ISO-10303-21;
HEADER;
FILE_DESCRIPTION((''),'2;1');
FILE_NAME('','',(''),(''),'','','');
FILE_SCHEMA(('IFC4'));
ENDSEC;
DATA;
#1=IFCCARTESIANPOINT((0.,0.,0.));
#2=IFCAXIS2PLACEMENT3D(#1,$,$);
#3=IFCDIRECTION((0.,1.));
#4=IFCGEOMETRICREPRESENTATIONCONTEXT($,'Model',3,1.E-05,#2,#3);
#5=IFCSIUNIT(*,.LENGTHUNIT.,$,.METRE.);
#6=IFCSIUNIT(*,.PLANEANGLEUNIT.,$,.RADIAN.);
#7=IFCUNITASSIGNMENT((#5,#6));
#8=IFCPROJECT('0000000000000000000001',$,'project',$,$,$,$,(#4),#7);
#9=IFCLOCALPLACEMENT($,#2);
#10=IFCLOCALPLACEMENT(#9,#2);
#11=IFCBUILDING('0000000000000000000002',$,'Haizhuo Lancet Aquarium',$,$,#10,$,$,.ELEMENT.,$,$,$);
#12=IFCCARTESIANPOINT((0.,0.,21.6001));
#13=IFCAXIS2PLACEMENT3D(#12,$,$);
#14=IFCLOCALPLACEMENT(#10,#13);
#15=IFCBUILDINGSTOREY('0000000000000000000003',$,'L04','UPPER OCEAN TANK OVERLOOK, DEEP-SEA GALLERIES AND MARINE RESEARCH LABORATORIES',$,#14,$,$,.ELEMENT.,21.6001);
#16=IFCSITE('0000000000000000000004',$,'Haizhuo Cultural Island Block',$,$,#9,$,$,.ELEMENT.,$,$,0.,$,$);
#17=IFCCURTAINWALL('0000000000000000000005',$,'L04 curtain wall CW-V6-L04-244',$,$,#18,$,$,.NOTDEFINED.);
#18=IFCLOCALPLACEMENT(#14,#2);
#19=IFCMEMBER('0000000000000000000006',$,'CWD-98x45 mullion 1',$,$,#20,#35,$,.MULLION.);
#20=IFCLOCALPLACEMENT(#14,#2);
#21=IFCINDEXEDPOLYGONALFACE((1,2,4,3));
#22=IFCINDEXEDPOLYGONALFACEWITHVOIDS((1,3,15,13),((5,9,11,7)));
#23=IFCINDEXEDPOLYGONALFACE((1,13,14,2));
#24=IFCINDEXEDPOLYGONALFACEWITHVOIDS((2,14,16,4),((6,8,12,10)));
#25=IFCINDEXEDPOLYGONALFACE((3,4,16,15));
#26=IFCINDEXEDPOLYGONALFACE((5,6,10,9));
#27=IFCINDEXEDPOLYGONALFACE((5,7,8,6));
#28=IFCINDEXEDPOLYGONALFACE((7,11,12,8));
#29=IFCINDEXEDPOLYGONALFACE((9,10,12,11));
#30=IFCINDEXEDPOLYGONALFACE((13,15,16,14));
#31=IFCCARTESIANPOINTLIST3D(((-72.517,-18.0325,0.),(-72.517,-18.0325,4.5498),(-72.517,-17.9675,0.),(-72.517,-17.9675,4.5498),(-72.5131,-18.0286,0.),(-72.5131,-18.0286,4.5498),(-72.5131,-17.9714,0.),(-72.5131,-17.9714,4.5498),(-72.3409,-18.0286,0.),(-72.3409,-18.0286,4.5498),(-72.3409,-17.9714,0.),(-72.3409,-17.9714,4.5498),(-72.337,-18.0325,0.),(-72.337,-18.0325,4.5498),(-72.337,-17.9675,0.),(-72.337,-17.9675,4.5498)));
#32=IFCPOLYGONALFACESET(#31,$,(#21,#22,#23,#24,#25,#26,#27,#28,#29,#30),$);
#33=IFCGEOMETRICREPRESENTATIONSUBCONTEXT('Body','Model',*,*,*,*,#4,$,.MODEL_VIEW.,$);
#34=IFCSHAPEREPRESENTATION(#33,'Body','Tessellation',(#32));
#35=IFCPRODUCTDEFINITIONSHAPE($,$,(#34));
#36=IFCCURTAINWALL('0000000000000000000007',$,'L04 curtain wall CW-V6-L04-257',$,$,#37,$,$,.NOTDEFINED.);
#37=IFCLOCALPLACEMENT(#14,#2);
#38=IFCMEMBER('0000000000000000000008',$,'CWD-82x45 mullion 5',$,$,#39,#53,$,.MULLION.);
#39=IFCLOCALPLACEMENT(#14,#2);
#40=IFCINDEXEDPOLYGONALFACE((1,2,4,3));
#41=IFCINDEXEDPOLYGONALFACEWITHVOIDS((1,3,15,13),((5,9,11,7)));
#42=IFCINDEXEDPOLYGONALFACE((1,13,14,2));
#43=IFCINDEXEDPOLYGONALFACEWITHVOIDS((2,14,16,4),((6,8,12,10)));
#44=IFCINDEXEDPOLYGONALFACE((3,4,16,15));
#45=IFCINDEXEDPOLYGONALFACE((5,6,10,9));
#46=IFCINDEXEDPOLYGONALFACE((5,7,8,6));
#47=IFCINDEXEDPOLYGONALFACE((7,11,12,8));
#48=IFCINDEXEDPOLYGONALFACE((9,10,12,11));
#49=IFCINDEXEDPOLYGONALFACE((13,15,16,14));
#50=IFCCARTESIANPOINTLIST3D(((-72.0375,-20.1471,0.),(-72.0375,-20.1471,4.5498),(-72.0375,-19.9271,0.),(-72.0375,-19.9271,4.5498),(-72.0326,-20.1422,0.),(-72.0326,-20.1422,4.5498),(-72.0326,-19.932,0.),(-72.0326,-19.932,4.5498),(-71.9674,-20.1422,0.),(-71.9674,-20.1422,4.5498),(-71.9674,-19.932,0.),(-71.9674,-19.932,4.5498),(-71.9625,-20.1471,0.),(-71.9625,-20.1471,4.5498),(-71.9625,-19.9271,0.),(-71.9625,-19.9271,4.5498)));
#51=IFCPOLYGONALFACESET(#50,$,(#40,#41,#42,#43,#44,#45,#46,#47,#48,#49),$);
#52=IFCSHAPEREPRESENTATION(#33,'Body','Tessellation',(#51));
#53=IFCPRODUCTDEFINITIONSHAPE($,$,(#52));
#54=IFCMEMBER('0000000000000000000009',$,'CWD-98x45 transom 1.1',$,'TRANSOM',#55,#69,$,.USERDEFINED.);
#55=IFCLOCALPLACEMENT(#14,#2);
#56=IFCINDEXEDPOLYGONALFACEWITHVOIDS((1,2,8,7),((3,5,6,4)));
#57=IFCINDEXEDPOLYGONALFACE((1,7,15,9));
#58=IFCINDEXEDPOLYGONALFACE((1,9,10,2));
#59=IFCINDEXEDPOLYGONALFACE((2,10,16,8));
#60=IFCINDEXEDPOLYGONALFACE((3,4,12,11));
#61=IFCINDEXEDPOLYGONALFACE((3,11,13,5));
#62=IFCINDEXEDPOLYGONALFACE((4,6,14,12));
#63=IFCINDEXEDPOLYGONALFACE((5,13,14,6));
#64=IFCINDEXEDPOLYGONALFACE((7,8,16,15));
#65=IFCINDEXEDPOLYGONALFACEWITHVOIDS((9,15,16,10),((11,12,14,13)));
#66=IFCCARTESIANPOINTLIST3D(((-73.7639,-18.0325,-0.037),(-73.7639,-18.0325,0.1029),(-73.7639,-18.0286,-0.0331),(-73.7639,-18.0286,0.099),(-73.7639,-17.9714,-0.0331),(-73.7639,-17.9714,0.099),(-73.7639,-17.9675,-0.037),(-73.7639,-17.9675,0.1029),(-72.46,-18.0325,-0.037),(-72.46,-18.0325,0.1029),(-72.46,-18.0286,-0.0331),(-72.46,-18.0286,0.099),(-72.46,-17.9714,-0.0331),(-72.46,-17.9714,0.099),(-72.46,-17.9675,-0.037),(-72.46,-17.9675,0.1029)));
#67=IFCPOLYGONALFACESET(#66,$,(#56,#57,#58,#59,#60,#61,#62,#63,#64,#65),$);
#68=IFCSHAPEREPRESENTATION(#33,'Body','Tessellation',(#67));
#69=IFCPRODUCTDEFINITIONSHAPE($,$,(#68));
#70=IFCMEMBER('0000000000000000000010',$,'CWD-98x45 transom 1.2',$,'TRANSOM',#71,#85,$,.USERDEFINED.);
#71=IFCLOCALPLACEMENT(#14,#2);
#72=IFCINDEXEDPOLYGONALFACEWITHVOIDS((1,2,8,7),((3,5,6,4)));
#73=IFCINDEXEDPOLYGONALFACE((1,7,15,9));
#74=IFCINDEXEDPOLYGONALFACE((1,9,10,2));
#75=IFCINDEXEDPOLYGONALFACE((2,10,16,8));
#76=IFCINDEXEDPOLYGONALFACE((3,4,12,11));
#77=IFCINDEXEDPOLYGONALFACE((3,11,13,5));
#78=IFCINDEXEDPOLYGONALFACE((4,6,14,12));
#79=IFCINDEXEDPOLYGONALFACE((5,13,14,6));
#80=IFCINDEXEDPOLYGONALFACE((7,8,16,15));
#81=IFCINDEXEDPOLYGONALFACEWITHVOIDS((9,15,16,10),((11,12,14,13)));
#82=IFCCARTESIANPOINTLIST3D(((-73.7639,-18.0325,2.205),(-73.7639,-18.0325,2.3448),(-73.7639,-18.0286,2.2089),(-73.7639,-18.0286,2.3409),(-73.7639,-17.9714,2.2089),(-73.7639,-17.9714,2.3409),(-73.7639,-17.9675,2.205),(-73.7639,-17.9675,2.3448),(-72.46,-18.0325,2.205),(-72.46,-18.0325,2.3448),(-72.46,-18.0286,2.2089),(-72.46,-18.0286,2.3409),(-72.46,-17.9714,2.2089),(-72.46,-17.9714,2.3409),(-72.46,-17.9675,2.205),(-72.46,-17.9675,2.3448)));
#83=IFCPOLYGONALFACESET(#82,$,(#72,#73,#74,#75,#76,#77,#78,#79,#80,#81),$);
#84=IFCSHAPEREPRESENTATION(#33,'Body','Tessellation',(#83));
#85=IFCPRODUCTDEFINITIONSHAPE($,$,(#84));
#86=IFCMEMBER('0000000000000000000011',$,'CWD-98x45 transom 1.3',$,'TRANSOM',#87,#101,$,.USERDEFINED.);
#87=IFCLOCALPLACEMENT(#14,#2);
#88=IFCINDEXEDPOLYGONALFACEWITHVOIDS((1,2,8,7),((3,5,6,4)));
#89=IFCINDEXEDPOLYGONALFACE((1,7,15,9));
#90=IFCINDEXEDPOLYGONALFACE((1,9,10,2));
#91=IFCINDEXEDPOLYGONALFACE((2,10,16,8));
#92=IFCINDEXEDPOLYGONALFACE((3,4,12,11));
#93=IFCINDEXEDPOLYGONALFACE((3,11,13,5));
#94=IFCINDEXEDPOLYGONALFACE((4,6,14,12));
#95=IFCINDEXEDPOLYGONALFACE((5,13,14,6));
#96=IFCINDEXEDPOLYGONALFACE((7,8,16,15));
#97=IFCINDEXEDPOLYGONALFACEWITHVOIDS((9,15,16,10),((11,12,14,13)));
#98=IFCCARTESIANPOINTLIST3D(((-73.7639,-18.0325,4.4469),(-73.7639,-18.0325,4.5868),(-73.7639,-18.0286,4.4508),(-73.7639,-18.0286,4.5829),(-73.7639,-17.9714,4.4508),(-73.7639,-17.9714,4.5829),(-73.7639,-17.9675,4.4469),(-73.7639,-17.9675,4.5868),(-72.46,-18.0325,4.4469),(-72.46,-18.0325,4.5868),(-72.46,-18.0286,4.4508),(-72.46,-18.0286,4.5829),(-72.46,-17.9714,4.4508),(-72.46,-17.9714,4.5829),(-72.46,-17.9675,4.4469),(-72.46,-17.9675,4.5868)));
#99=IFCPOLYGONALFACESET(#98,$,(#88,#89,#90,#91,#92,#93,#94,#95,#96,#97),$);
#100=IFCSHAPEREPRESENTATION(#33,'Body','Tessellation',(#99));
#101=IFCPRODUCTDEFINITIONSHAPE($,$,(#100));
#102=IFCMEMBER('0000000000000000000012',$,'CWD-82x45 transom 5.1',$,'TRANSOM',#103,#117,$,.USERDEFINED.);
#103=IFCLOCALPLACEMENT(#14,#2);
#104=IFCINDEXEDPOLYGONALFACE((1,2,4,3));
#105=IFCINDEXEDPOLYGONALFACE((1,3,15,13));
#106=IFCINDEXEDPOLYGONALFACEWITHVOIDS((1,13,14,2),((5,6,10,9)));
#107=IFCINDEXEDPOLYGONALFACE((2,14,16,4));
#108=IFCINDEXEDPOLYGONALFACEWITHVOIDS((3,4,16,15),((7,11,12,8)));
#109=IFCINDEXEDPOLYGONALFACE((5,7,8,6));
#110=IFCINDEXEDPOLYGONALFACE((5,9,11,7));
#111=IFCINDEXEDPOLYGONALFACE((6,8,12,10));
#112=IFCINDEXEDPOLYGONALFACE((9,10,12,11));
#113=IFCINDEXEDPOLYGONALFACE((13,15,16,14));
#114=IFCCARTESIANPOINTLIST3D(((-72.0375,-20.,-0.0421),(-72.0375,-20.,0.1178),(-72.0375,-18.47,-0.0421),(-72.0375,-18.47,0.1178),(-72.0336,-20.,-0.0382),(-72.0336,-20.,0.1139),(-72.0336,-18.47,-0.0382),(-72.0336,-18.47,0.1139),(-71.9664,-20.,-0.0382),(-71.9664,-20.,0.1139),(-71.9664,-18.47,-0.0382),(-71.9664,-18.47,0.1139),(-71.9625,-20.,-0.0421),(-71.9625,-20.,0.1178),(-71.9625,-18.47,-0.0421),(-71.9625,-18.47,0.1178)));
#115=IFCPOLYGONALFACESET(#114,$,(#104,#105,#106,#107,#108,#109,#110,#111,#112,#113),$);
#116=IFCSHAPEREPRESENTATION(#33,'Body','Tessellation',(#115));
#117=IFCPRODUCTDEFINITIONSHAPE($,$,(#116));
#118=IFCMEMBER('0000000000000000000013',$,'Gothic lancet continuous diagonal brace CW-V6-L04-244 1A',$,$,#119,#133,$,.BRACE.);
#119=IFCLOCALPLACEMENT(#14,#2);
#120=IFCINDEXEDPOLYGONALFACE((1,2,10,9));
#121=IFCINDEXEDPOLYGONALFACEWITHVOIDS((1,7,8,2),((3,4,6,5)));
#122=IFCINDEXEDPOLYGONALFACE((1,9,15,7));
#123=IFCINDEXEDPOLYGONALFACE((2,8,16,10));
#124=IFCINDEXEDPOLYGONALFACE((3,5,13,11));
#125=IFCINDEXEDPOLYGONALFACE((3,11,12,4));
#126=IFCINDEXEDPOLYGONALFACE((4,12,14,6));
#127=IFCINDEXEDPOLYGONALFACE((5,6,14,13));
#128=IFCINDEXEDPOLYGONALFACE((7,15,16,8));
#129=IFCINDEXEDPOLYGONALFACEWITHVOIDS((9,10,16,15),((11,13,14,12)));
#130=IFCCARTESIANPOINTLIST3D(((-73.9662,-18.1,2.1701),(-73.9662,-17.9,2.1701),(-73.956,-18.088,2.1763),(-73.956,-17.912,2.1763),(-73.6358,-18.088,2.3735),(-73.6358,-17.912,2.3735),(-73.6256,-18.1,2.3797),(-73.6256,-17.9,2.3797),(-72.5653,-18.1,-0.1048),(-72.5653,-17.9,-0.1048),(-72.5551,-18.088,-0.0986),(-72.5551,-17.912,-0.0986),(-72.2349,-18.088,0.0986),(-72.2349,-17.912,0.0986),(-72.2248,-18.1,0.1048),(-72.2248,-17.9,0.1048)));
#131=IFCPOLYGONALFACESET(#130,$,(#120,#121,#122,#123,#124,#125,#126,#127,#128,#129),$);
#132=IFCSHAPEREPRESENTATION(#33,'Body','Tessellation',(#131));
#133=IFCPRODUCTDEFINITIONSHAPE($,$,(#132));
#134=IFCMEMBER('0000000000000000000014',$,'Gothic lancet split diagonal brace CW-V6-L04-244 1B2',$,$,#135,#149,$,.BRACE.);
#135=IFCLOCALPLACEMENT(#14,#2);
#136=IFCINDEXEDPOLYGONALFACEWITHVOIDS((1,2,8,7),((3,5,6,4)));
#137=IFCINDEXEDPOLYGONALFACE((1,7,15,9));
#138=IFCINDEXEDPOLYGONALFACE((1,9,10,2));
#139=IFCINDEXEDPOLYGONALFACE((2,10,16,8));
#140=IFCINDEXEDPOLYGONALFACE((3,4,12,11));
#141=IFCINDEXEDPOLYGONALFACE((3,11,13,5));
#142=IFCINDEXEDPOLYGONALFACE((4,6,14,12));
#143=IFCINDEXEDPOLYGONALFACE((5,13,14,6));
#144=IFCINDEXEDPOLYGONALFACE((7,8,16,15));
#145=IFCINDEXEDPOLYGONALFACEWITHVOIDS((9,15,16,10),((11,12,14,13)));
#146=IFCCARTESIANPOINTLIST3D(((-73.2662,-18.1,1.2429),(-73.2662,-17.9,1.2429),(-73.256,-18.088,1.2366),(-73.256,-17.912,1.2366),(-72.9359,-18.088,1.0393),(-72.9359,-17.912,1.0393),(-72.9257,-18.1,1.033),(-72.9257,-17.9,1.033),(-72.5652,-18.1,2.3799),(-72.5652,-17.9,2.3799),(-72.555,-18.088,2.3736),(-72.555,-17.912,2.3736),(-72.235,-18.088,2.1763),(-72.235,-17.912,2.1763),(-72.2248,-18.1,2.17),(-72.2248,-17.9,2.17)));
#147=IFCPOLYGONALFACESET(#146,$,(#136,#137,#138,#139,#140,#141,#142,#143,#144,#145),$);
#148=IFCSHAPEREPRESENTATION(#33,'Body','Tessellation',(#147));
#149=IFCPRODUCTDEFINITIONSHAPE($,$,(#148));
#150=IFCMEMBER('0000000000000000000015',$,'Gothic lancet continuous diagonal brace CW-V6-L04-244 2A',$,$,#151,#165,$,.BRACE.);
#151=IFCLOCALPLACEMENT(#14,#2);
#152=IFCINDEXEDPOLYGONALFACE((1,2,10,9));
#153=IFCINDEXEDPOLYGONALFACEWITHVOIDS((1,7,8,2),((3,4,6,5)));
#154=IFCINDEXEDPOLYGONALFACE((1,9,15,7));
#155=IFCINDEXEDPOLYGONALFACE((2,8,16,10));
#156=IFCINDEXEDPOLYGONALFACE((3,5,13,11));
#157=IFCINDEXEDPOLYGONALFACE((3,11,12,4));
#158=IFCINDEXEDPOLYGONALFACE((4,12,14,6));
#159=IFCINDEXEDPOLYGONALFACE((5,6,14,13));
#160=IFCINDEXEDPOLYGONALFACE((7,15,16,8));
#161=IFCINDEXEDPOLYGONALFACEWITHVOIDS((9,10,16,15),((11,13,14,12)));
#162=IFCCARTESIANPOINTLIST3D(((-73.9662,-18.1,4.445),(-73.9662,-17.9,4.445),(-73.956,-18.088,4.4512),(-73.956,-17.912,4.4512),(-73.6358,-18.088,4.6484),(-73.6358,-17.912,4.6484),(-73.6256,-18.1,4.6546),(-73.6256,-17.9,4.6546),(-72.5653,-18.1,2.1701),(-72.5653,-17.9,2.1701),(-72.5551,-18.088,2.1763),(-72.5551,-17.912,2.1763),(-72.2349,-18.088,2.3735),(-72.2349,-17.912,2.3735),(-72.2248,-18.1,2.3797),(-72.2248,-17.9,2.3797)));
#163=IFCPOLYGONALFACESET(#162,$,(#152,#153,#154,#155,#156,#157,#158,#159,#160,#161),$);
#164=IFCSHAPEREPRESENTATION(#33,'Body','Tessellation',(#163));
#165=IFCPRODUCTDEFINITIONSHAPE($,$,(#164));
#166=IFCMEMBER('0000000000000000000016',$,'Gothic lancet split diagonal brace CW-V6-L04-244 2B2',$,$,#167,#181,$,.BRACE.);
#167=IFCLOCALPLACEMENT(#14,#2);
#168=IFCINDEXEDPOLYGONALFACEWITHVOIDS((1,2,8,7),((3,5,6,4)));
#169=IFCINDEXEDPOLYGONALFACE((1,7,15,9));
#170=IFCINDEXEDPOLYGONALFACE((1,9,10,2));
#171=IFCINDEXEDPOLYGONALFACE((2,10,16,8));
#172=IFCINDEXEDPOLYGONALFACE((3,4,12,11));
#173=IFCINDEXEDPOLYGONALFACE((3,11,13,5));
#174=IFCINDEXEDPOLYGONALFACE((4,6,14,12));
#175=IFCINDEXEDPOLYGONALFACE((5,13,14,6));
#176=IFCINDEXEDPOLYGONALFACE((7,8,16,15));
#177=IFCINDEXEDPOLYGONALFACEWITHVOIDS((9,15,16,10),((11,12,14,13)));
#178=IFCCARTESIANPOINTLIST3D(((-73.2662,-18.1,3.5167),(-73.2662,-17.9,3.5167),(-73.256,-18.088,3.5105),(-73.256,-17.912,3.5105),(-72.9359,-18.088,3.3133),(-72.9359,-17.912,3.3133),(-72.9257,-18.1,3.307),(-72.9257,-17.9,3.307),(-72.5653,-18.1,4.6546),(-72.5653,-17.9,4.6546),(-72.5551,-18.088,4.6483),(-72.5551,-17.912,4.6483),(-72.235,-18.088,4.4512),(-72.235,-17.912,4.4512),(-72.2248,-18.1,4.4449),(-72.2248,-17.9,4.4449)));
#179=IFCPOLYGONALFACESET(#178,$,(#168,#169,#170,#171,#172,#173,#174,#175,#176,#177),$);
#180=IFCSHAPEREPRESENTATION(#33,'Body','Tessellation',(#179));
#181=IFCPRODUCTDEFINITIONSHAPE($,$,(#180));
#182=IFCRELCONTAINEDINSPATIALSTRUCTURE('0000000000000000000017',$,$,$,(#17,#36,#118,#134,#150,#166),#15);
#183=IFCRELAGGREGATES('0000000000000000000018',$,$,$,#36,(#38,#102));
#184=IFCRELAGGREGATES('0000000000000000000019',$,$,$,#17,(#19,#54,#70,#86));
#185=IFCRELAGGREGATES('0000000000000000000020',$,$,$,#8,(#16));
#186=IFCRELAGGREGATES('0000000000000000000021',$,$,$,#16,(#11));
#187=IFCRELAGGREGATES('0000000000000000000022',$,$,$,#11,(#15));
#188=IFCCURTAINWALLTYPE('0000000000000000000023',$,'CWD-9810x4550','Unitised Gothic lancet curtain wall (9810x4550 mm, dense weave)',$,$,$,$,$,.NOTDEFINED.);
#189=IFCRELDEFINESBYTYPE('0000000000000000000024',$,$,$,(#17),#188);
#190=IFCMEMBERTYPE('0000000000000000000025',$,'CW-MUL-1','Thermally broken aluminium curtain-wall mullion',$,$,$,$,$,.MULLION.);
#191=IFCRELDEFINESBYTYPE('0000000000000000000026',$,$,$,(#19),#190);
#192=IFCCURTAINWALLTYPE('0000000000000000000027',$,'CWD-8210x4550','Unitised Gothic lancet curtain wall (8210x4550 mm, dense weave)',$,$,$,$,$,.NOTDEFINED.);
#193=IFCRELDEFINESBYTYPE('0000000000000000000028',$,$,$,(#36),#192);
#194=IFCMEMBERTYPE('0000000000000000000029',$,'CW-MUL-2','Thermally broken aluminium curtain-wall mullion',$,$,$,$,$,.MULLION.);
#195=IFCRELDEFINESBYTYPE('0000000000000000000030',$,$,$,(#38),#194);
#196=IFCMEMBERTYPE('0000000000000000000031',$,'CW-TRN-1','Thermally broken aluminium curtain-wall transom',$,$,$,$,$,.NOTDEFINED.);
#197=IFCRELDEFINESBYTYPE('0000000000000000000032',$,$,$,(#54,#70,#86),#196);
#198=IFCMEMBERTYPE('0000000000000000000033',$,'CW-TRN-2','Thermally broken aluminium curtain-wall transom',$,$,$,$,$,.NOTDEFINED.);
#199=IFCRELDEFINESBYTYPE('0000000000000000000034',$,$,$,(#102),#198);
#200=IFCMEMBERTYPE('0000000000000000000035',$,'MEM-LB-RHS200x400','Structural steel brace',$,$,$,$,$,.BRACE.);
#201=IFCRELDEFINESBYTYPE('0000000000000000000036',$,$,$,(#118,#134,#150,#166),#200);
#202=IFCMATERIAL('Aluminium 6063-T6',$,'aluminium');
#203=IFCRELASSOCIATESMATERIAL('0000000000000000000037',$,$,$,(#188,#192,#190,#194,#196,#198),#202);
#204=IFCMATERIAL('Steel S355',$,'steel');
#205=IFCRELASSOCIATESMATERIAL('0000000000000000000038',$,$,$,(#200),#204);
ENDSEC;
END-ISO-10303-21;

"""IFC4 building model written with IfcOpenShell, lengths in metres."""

from ifc_helpers import new_model, si_unit, direction, frame, origin, origin_2d, place, context, subcontext, project, spatial, hollow_rectangle, extrude, material, material_profile, profile_set, type_object, element, aggregate, save


model = new_model("IFC4")

# Units and contexts
model_context = context("Model", 3, precision=1e-05, world=origin(), true_north=direction((0.0, 1.0)))
body_context = subcontext(model_context, "Body", "Model", "MODEL_VIEW")
ifc_project = project(units=[si_unit("LENGTHUNIT", "METRE"), si_unit("PLANEANGLEUNIT", "RADIAN")], contexts=[model_context])

# Site, building, storey
site_placement = place(None, origin())
site = spatial("IfcSite", under=ifc_project, at=site_placement, Name="Haizhuo Cultural Island Block", CompositionType="ELEMENT", RefElevation=0.0)
building_placement = place(site_placement, origin())
building = spatial("IfcBuilding", under=site, at=building_placement, Name="Haizhuo Lancet Aquarium", CompositionType="ELEMENT")
storey_placement = place(building_placement, frame((0.0, 0.0, 21.6001)))
storey = spatial("IfcBuildingStorey", under=building, at=storey_placement, Name="L04", Description="UPPER OCEAN TANK OVERLOOK, DEEP-SEA GALLERIES AND MARINE RESEARCH LABORATORIES", CompositionType="ELEMENT", Elevation=21.6001)

# Curtain walls, members
ifc_material_1 = material(Name="Aluminium 6063-T6", Category="aluminium")
curtain_wall_type_1 = type_object("IfcCurtainWallType", Name="CWD-9810x4550", Description="Unitised Gothic lancet curtain wall (9810x4550 mm, dense weave)", PredefinedType="NOTDEFINED", material=ifc_material_1)
curtain_wall_1_placement = place(storey_placement, origin())
curtain_wall_1 = element("IfcCurtainWall", 1, at=curtain_wall_1_placement, inside=storey, type_object=curtain_wall_type_1, Name="L04 curtain wall CW-V6-L04-244", PredefinedType="NOTDEFINED")
ifc_material_profile_1 = material_profile(ifc_material_1, hollow_rectangle(XDim=0.0649, YDim=0.1799, WallThickness=0.0039, at=origin_2d()), Name="ALU-M 65x180x4")
ifc_profile_set_1 = profile_set([ifc_material_profile_1], Name="Aluminium 6063-T6")
member_type_1 = type_object("IfcMemberType", Name="CW-MUL-1", Description="Thermally broken aluminium curtain-wall mullion", PredefinedType="MULLION", material=ifc_profile_set_1)
member_1_placement = place(storey_placement, frame((-72.427, -18.0, 0.0), z_axis=(0.0, 0.0, 1.0), x_axis=(0.0, -1.0, 0.0)))
member_1 = element("IfcMember", 2, at=member_1_placement, type_object=member_type_1, Name="CWD-98x45 mullion 1", PredefinedType="MULLION", context=body_context, shape_type="SweptSolid", body=[
    extrude(hollow_rectangle(XDim=0.0649, YDim=0.1799, WallThickness=0.0039, at=origin_2d()), origin(), (0.0, 0.0, 1.0), 4.5498),
])
curtain_wall_type_2 = type_object("IfcCurtainWallType", Name="CWD-8210x4550", Description="Unitised Gothic lancet curtain wall (8210x4550 mm, dense weave)", PredefinedType="NOTDEFINED", material=ifc_material_1)
curtain_wall_2_placement = place(storey_placement, origin())
curtain_wall_2 = element("IfcCurtainWall", 3, at=curtain_wall_2_placement, inside=storey, type_object=curtain_wall_type_2, Name="L04 curtain wall CW-V6-L04-257", PredefinedType="NOTDEFINED")
ifc_material_profile_2 = material_profile(ifc_material_1, hollow_rectangle(XDim=0.075, YDim=0.22, WallThickness=0.0049, at=origin_2d()), Name="ALU-M 75x220x5")
ifc_profile_set_2 = profile_set([ifc_material_profile_2], Name="Aluminium 6063-T6")
member_type_2 = type_object("IfcMemberType", Name="CW-MUL-2", Description="Thermally broken aluminium curtain-wall mullion", PredefinedType="MULLION", material=ifc_profile_set_2)
member_2_placement = place(storey_placement, frame((-72.0, -20.0371, 0.0), z_axis=(0.0, 0.0, 1.0), x_axis=(-1.0, 0.0, 0.0)))
member_2 = element("IfcMember", 4, at=member_2_placement, type_object=member_type_2, Name="CWD-82x45 mullion 5", PredefinedType="MULLION", context=body_context, shape_type="SweptSolid", body=[
    extrude(hollow_rectangle(XDim=0.075, YDim=0.22, WallThickness=0.0049, at=origin_2d()), origin(), (0.0, 0.0, 1.0), 4.5498),
])

# Members
ifc_material_profile_3 = material_profile(ifc_material_1, hollow_rectangle(XDim=0.0649, YDim=0.1399, WallThickness=0.0039, at=origin_2d()), Name="ALU-T 65x140x4")
ifc_profile_set_3 = profile_set([ifc_material_profile_3], Name="Aluminium 6063-T6")
member_type_3 = type_object("IfcMemberType", Name="CW-TRN-1", Description="Thermally broken aluminium curtain-wall transom", PredefinedType="NOTDEFINED", material=ifc_profile_set_3)
member_3_placement = place(storey_placement, frame((-72.46, -18.0, 0.033), z_axis=(-1.0, 0.0, 0.0), x_axis=(0.0, -1.0, 0.0)))
member_3 = element("IfcMember", 5, at=member_3_placement, type_object=member_type_3, Name="CWD-98x45 transom 1.1", ObjectType="TRANSOM", PredefinedType="USERDEFINED", context=body_context, shape_type="SweptSolid", body=[
    extrude(hollow_rectangle(XDim=0.0649, YDim=0.1399, WallThickness=0.0039, at=origin_2d()), origin(), (0.0, 0.0, 1.0), 1.304),
])
member_4_placement = place(storey_placement, frame((-72.46, -18.0, 2.2749), z_axis=(-1.0, 0.0, 0.0), x_axis=(0.0, -1.0, 0.0)))
member_4 = element("IfcMember", 6, at=member_4_placement, type_object=member_type_3, Name="CWD-98x45 transom 1.2", ObjectType="TRANSOM", PredefinedType="USERDEFINED", context=body_context, shape_type="SweptSolid", body=[
    extrude(hollow_rectangle(XDim=0.0649, YDim=0.1399, WallThickness=0.0039, at=origin_2d()), origin(), (0.0, 0.0, 1.0), 1.304),
])
member_5_placement = place(storey_placement, frame((-72.46, -18.0, 4.5168), z_axis=(-1.0, 0.0, 0.0), x_axis=(0.0, -1.0, 0.0)))
member_5 = element("IfcMember", 7, at=member_5_placement, type_object=member_type_3, Name="CWD-98x45 transom 1.3", ObjectType="TRANSOM", PredefinedType="USERDEFINED", context=body_context, shape_type="SweptSolid", body=[
    extrude(hollow_rectangle(XDim=0.0649, YDim=0.1399, WallThickness=0.0039, at=origin_2d()), origin(), (0.0, 0.0, 1.0), 1.304),
])
ifc_material_profile_4 = material_profile(ifc_material_1, hollow_rectangle(XDim=0.075, YDim=0.1599, WallThickness=0.0039, at=origin_2d()), Name="ALU-T 75x160x4")
ifc_profile_set_4 = profile_set([ifc_material_profile_4], Name="Aluminium 6063-T6")
member_type_4 = type_object("IfcMemberType", Name="CW-TRN-2", Description="Thermally broken aluminium curtain-wall transom", PredefinedType="NOTDEFINED", material=ifc_profile_set_4)
member_6_placement = place(storey_placement, frame((-72.0, -20.0, 0.0378), z_axis=(0.0, 1.0, 0.0), x_axis=(-1.0, 0.0, 0.0)))
member_6 = element("IfcMember", 8, at=member_6_placement, type_object=member_type_4, Name="CWD-82x45 transom 5.1", ObjectType="TRANSOM", PredefinedType="USERDEFINED", context=body_context, shape_type="SweptSolid", body=[
    extrude(hollow_rectangle(XDim=0.075, YDim=0.1599, WallThickness=0.0039, at=origin_2d()), origin(), (0.0, 0.0, 1.0), 1.53),
])

# Members
ifc_material_2 = material(Name="Steel S355", Category="steel")
ifc_material_profile_5 = material_profile(ifc_material_2, hollow_rectangle(XDim=0.2, YDim=0.3999, WallThickness=0.012, at=origin_2d()), Name="RHS 200x400x12")
ifc_profile_set_5 = profile_set([ifc_material_profile_5], Name="Steel S355")
member_type_5 = type_object("IfcMemberType", Name="MEM-LB-RHS200x400", Description="Structural steel brace", PredefinedType="BRACE", material=ifc_profile_set_5)
member_7_placement = place(storey_placement, frame((-72.395, -18.0, 0.0), z_axis=(-0.524352, 0.0, 0.851501), x_axis=(0.0, -1.0, 0.0)))
element("IfcMember", 9, at=member_7_placement, inside=storey, type_object=member_type_5, Name="Gothic lancet continuous diagonal brace CW-V6-L04-244 1A", PredefinedType="BRACE", context=body_context, shape_type="SweptSolid", body=[
    extrude(hollow_rectangle(XDim=0.2, YDim=0.3999, WallThickness=0.012, at=origin_2d()), origin(), (0.0, 0.0, 1.0), 2.6716),
])
member_8_placement = place(storey_placement, frame((-73.0959, -18.0, 1.1379), z_axis=(0.524781, 0.0, 0.851238), x_axis=(0.0, 1.0, 0.0)))
element("IfcMember", 10, at=member_8_placement, inside=storey, type_object=member_type_5, Name="Gothic lancet split diagonal brace CW-V6-L04-244 1B2", PredefinedType="BRACE", context=body_context, shape_type="SweptSolid", body=[
    extrude(hollow_rectangle(XDim=0.2, YDim=0.3999, WallThickness=0.012, at=origin_2d()), origin(), (0.0, 0.0, 1.0), 1.3357),
])
member_9_placement = place(storey_placement, frame((-72.395, -18.0, 2.2749), z_axis=(-0.524352, 0.0, 0.851501), x_axis=(0.0, -1.0, 0.0)))
element("IfcMember", 11, at=member_9_placement, inside=storey, type_object=member_type_5, Name="Gothic lancet continuous diagonal brace CW-V6-L04-244 2A", PredefinedType="BRACE", context=body_context, shape_type="SweptSolid", body=[
    extrude(hollow_rectangle(XDim=0.2, YDim=0.3999, WallThickness=0.012, at=origin_2d()), origin(), (0.0, 0.0, 1.0), 2.6716),
])
member_10_placement = place(storey_placement, frame((-73.0959, -18.0, 3.4119), z_axis=(0.524454, 0.0, 0.851439), x_axis=(0.0, 1.0, 0.0)))
element("IfcMember", 12, at=member_10_placement, inside=storey, type_object=member_type_5, Name="Gothic lancet split diagonal brace CW-V6-L04-244 2B2", PredefinedType="BRACE", context=body_context, shape_type="SweptSolid", body=[
    extrude(hollow_rectangle(XDim=0.2, YDim=0.3999, WallThickness=0.012, at=origin_2d()), origin(), (0.0, 0.0, 1.0), 1.3364),
])

aggregate(curtain_wall_2, [member_2, member_6])
aggregate(curtain_wall_1, [member_1, member_3, member_4, member_5])

save(model, "model.ifc")
